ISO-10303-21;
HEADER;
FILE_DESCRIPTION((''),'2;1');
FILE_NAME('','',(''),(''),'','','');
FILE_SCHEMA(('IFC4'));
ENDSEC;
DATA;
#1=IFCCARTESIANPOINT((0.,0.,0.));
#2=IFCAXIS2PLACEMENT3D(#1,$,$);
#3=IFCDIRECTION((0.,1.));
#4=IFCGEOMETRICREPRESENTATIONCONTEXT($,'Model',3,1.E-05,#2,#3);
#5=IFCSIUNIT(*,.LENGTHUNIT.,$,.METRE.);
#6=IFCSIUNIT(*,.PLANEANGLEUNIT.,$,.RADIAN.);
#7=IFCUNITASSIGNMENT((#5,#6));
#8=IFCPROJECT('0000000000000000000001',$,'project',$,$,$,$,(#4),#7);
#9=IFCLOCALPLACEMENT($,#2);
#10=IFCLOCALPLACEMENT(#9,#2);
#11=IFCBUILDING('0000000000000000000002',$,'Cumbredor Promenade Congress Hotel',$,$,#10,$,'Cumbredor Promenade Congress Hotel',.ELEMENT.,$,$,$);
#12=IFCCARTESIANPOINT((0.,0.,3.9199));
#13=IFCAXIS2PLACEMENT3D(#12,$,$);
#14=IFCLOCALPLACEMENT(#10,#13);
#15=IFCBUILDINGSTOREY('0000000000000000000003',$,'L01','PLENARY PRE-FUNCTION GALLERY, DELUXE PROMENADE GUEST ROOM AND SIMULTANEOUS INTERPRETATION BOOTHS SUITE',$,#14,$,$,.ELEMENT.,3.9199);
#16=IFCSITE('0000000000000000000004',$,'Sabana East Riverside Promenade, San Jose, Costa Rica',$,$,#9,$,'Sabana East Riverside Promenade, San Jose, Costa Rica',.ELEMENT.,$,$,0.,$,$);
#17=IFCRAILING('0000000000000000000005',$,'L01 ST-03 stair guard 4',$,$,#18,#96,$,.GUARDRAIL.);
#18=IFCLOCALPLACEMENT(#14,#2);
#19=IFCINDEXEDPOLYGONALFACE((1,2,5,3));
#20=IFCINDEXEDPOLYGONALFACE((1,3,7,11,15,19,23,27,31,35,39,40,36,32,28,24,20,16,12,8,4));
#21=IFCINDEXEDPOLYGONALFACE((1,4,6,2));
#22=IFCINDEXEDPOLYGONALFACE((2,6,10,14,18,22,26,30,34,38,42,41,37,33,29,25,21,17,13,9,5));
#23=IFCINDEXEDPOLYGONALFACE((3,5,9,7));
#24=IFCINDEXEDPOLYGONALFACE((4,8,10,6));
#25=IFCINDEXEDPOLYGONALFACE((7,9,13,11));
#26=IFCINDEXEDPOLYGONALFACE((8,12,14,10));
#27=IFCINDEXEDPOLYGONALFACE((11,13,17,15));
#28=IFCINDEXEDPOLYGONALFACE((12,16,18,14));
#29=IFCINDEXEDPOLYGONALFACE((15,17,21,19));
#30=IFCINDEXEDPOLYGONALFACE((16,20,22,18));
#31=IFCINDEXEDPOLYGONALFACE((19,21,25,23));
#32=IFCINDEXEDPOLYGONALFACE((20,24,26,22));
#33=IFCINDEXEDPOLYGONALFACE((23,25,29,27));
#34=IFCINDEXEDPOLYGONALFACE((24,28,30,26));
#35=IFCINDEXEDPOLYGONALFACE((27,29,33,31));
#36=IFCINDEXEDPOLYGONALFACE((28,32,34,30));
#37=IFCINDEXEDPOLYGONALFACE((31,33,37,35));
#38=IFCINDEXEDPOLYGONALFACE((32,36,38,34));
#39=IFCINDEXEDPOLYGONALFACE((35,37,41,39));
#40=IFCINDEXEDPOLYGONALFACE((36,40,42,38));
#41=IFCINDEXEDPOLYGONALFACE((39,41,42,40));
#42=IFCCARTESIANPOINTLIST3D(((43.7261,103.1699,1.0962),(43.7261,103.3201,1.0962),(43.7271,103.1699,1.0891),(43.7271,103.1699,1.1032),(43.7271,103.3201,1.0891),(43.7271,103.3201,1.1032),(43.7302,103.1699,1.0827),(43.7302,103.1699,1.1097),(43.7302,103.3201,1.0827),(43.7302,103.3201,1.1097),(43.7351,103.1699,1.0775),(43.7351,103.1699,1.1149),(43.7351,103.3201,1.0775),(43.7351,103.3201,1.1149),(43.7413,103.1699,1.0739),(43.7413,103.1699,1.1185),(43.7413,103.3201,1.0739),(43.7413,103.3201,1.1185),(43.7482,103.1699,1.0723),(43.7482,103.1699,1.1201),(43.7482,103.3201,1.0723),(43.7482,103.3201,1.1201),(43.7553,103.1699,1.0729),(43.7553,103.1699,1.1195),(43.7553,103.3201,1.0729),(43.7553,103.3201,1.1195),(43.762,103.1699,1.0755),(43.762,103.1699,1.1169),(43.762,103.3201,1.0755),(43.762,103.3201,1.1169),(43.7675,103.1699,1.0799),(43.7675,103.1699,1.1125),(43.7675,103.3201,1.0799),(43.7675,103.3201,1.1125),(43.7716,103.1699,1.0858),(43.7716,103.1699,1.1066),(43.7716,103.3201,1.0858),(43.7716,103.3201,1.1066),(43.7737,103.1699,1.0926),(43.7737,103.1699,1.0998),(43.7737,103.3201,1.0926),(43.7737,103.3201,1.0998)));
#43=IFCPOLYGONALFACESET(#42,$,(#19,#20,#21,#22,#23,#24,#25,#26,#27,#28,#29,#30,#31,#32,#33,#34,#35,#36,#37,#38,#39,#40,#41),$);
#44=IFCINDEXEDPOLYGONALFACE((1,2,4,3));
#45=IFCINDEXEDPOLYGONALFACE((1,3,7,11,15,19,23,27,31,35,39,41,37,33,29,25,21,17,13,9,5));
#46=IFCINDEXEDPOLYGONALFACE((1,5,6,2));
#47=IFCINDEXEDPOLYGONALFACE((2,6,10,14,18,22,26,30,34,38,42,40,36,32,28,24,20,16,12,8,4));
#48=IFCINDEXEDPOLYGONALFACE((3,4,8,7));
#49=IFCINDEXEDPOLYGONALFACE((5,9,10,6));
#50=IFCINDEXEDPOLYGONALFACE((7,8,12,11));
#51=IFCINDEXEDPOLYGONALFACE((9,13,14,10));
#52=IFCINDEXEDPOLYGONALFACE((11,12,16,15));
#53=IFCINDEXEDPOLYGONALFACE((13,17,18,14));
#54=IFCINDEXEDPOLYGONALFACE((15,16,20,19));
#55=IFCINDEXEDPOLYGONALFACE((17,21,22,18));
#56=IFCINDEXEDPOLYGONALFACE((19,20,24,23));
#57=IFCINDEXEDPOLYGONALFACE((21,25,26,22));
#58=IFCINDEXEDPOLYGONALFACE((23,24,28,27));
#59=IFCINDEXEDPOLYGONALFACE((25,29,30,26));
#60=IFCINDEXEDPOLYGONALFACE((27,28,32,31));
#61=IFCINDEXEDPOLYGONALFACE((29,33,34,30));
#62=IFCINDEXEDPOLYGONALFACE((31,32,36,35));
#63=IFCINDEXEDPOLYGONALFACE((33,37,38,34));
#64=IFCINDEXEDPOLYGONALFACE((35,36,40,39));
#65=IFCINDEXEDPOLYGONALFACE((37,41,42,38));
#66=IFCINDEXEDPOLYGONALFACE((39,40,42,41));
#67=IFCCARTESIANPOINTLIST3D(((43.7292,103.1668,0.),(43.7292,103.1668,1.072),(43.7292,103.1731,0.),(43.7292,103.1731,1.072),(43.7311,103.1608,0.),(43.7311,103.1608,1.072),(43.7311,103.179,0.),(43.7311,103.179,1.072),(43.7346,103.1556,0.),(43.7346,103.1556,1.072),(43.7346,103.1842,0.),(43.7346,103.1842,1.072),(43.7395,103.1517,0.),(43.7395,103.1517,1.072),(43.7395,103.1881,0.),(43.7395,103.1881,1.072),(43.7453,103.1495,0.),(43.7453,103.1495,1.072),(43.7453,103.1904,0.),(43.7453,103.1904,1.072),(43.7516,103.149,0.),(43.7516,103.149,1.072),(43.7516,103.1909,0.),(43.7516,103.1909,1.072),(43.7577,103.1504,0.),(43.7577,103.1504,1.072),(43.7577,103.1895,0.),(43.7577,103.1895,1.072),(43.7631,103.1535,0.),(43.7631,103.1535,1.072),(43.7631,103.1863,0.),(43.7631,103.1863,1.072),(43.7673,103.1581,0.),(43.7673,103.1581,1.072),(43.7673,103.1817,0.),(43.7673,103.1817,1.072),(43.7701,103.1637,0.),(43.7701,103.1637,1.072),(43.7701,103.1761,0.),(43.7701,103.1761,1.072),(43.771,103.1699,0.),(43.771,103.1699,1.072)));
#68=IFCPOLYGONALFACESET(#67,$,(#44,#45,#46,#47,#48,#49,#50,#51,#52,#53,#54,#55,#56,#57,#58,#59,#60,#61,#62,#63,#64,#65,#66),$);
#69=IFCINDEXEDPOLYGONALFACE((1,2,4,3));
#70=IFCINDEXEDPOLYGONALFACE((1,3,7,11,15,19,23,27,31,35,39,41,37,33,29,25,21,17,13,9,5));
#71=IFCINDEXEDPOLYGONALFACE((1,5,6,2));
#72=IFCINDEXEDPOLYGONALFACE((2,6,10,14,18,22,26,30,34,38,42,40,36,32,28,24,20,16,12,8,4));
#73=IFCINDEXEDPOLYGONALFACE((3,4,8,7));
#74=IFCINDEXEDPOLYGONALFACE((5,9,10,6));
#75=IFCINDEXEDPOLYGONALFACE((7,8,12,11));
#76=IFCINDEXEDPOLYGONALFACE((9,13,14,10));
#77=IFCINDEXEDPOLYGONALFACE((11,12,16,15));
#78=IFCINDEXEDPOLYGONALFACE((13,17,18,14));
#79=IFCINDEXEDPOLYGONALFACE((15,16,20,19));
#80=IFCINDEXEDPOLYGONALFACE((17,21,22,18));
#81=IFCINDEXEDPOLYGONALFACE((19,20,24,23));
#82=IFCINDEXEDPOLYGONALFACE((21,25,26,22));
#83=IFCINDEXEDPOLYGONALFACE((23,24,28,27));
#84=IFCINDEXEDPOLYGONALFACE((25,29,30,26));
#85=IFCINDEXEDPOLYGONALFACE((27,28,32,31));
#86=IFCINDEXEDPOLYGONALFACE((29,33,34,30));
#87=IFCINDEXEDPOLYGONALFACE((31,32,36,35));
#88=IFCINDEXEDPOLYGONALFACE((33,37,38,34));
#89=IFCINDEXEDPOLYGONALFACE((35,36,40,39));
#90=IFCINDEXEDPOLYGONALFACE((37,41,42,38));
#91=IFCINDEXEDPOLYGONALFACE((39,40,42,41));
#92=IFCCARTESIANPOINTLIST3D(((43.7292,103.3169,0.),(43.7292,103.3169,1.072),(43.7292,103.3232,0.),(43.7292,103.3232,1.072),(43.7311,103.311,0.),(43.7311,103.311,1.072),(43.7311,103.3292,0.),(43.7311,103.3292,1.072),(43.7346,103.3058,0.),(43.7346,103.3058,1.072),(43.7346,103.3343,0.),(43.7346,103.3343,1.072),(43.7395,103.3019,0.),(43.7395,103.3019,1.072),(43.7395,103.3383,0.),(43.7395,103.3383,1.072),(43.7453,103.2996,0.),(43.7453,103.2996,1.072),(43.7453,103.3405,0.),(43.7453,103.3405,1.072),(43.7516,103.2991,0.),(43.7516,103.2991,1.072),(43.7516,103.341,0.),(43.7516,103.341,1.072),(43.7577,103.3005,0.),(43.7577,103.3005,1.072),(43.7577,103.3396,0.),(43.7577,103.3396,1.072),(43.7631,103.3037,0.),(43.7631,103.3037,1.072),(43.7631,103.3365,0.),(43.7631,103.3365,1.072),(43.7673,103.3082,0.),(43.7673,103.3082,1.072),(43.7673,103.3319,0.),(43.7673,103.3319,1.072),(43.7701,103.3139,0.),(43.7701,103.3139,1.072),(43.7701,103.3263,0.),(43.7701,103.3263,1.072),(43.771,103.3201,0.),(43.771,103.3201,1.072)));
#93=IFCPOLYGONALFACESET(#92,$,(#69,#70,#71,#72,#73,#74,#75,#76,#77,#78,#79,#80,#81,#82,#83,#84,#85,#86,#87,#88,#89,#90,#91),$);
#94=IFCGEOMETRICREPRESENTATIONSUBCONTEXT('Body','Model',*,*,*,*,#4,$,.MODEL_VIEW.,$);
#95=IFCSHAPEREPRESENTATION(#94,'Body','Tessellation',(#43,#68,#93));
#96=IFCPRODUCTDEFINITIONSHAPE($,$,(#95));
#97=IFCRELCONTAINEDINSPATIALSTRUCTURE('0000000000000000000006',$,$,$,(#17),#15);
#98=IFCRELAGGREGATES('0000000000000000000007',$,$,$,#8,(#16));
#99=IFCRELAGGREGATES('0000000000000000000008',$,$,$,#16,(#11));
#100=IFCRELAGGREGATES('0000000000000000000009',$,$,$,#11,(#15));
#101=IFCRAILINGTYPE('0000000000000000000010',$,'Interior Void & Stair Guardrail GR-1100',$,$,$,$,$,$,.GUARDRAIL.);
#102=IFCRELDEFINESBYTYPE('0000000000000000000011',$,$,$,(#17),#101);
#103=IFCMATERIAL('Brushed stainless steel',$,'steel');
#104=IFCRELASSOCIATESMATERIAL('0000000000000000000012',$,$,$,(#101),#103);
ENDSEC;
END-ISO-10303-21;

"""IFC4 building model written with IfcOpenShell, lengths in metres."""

from ifc_helpers import new_model, si_unit, direction, frame, origin, origin_2d, place, context, subcontext, project, spatial, circle, extrude, material, type_object, element, save


model = new_model("IFC4")

# Units and contexts
model_context = context("Model", 3, precision=1e-05, world=origin(), true_north=direction((0.0, 1.0)))
body_context = subcontext(model_context, "Body", "Model", "MODEL_VIEW")
ifc_project = project(units=[si_unit("LENGTHUNIT", "METRE"), si_unit("PLANEANGLEUNIT", "RADIAN")], contexts=[model_context])

# Site, building, storey
site_placement = place(None, origin())
site = spatial("IfcSite", under=ifc_project, at=site_placement, Name="Sabana East Riverside Promenade, San Jose, Costa Rica", LongName="Sabana East Riverside Promenade, San Jose, Costa Rica", CompositionType="ELEMENT", RefElevation=0.0)
building_placement = place(site_placement, origin())
building = spatial("IfcBuilding", under=site, at=building_placement, Name="Cumbredor Promenade Congress Hotel", LongName="Cumbredor Promenade Congress Hotel", CompositionType="ELEMENT")
storey_placement = place(building_placement, frame((0.0, 0.0, 3.9199)))
storey = spatial("IfcBuildingStorey", under=building, at=storey_placement, Name="L01", Description="PLENARY PRE-FUNCTION GALLERY, DELUXE PROMENADE GUEST ROOM AND SIMULTANEOUS INTERPRETATION BOOTHS SUITE", CompositionType="ELEMENT", Elevation=3.9199)

# Railing
ifc_material_1 = material(Name="Brushed stainless steel", Category="steel")
railing_type_1 = type_object("IfcRailingType", Name="Interior Void & Stair Guardrail GR-1100", PredefinedType="GUARDRAIL", material=ifc_material_1)
railing_1_placement = place(storey_placement, frame((43.75, 103.1699, 0.0)))
element("IfcRailing", 1, at=railing_1_placement, inside=storey, type_object=railing_type_1, Name="L01 ST-03 stair guard 4", PredefinedType="GUARDRAIL", context=body_context, shape_type="SweptSolid", body=[
    extrude(circle(Radius=0.0239, at=origin_2d()), frame((0.0, 0.0, 1.0962), z_axis=(0.0, 1.0, 0.0), x_axis=(-1.0, 0.0, 0.0)), (0.0, 0.0, 1.0), 0.1501),
    extrude(circle(Radius=0.021, at=origin_2d()), origin(), (0.0, 0.0, 1.0), 1.072),
    extrude(circle(Radius=0.021, at=origin_2d()), frame((0.0, 0.1501, 0.0)), (0.0, 0.0, 1.0), 1.072),
])

save(model, "model.ifc")
